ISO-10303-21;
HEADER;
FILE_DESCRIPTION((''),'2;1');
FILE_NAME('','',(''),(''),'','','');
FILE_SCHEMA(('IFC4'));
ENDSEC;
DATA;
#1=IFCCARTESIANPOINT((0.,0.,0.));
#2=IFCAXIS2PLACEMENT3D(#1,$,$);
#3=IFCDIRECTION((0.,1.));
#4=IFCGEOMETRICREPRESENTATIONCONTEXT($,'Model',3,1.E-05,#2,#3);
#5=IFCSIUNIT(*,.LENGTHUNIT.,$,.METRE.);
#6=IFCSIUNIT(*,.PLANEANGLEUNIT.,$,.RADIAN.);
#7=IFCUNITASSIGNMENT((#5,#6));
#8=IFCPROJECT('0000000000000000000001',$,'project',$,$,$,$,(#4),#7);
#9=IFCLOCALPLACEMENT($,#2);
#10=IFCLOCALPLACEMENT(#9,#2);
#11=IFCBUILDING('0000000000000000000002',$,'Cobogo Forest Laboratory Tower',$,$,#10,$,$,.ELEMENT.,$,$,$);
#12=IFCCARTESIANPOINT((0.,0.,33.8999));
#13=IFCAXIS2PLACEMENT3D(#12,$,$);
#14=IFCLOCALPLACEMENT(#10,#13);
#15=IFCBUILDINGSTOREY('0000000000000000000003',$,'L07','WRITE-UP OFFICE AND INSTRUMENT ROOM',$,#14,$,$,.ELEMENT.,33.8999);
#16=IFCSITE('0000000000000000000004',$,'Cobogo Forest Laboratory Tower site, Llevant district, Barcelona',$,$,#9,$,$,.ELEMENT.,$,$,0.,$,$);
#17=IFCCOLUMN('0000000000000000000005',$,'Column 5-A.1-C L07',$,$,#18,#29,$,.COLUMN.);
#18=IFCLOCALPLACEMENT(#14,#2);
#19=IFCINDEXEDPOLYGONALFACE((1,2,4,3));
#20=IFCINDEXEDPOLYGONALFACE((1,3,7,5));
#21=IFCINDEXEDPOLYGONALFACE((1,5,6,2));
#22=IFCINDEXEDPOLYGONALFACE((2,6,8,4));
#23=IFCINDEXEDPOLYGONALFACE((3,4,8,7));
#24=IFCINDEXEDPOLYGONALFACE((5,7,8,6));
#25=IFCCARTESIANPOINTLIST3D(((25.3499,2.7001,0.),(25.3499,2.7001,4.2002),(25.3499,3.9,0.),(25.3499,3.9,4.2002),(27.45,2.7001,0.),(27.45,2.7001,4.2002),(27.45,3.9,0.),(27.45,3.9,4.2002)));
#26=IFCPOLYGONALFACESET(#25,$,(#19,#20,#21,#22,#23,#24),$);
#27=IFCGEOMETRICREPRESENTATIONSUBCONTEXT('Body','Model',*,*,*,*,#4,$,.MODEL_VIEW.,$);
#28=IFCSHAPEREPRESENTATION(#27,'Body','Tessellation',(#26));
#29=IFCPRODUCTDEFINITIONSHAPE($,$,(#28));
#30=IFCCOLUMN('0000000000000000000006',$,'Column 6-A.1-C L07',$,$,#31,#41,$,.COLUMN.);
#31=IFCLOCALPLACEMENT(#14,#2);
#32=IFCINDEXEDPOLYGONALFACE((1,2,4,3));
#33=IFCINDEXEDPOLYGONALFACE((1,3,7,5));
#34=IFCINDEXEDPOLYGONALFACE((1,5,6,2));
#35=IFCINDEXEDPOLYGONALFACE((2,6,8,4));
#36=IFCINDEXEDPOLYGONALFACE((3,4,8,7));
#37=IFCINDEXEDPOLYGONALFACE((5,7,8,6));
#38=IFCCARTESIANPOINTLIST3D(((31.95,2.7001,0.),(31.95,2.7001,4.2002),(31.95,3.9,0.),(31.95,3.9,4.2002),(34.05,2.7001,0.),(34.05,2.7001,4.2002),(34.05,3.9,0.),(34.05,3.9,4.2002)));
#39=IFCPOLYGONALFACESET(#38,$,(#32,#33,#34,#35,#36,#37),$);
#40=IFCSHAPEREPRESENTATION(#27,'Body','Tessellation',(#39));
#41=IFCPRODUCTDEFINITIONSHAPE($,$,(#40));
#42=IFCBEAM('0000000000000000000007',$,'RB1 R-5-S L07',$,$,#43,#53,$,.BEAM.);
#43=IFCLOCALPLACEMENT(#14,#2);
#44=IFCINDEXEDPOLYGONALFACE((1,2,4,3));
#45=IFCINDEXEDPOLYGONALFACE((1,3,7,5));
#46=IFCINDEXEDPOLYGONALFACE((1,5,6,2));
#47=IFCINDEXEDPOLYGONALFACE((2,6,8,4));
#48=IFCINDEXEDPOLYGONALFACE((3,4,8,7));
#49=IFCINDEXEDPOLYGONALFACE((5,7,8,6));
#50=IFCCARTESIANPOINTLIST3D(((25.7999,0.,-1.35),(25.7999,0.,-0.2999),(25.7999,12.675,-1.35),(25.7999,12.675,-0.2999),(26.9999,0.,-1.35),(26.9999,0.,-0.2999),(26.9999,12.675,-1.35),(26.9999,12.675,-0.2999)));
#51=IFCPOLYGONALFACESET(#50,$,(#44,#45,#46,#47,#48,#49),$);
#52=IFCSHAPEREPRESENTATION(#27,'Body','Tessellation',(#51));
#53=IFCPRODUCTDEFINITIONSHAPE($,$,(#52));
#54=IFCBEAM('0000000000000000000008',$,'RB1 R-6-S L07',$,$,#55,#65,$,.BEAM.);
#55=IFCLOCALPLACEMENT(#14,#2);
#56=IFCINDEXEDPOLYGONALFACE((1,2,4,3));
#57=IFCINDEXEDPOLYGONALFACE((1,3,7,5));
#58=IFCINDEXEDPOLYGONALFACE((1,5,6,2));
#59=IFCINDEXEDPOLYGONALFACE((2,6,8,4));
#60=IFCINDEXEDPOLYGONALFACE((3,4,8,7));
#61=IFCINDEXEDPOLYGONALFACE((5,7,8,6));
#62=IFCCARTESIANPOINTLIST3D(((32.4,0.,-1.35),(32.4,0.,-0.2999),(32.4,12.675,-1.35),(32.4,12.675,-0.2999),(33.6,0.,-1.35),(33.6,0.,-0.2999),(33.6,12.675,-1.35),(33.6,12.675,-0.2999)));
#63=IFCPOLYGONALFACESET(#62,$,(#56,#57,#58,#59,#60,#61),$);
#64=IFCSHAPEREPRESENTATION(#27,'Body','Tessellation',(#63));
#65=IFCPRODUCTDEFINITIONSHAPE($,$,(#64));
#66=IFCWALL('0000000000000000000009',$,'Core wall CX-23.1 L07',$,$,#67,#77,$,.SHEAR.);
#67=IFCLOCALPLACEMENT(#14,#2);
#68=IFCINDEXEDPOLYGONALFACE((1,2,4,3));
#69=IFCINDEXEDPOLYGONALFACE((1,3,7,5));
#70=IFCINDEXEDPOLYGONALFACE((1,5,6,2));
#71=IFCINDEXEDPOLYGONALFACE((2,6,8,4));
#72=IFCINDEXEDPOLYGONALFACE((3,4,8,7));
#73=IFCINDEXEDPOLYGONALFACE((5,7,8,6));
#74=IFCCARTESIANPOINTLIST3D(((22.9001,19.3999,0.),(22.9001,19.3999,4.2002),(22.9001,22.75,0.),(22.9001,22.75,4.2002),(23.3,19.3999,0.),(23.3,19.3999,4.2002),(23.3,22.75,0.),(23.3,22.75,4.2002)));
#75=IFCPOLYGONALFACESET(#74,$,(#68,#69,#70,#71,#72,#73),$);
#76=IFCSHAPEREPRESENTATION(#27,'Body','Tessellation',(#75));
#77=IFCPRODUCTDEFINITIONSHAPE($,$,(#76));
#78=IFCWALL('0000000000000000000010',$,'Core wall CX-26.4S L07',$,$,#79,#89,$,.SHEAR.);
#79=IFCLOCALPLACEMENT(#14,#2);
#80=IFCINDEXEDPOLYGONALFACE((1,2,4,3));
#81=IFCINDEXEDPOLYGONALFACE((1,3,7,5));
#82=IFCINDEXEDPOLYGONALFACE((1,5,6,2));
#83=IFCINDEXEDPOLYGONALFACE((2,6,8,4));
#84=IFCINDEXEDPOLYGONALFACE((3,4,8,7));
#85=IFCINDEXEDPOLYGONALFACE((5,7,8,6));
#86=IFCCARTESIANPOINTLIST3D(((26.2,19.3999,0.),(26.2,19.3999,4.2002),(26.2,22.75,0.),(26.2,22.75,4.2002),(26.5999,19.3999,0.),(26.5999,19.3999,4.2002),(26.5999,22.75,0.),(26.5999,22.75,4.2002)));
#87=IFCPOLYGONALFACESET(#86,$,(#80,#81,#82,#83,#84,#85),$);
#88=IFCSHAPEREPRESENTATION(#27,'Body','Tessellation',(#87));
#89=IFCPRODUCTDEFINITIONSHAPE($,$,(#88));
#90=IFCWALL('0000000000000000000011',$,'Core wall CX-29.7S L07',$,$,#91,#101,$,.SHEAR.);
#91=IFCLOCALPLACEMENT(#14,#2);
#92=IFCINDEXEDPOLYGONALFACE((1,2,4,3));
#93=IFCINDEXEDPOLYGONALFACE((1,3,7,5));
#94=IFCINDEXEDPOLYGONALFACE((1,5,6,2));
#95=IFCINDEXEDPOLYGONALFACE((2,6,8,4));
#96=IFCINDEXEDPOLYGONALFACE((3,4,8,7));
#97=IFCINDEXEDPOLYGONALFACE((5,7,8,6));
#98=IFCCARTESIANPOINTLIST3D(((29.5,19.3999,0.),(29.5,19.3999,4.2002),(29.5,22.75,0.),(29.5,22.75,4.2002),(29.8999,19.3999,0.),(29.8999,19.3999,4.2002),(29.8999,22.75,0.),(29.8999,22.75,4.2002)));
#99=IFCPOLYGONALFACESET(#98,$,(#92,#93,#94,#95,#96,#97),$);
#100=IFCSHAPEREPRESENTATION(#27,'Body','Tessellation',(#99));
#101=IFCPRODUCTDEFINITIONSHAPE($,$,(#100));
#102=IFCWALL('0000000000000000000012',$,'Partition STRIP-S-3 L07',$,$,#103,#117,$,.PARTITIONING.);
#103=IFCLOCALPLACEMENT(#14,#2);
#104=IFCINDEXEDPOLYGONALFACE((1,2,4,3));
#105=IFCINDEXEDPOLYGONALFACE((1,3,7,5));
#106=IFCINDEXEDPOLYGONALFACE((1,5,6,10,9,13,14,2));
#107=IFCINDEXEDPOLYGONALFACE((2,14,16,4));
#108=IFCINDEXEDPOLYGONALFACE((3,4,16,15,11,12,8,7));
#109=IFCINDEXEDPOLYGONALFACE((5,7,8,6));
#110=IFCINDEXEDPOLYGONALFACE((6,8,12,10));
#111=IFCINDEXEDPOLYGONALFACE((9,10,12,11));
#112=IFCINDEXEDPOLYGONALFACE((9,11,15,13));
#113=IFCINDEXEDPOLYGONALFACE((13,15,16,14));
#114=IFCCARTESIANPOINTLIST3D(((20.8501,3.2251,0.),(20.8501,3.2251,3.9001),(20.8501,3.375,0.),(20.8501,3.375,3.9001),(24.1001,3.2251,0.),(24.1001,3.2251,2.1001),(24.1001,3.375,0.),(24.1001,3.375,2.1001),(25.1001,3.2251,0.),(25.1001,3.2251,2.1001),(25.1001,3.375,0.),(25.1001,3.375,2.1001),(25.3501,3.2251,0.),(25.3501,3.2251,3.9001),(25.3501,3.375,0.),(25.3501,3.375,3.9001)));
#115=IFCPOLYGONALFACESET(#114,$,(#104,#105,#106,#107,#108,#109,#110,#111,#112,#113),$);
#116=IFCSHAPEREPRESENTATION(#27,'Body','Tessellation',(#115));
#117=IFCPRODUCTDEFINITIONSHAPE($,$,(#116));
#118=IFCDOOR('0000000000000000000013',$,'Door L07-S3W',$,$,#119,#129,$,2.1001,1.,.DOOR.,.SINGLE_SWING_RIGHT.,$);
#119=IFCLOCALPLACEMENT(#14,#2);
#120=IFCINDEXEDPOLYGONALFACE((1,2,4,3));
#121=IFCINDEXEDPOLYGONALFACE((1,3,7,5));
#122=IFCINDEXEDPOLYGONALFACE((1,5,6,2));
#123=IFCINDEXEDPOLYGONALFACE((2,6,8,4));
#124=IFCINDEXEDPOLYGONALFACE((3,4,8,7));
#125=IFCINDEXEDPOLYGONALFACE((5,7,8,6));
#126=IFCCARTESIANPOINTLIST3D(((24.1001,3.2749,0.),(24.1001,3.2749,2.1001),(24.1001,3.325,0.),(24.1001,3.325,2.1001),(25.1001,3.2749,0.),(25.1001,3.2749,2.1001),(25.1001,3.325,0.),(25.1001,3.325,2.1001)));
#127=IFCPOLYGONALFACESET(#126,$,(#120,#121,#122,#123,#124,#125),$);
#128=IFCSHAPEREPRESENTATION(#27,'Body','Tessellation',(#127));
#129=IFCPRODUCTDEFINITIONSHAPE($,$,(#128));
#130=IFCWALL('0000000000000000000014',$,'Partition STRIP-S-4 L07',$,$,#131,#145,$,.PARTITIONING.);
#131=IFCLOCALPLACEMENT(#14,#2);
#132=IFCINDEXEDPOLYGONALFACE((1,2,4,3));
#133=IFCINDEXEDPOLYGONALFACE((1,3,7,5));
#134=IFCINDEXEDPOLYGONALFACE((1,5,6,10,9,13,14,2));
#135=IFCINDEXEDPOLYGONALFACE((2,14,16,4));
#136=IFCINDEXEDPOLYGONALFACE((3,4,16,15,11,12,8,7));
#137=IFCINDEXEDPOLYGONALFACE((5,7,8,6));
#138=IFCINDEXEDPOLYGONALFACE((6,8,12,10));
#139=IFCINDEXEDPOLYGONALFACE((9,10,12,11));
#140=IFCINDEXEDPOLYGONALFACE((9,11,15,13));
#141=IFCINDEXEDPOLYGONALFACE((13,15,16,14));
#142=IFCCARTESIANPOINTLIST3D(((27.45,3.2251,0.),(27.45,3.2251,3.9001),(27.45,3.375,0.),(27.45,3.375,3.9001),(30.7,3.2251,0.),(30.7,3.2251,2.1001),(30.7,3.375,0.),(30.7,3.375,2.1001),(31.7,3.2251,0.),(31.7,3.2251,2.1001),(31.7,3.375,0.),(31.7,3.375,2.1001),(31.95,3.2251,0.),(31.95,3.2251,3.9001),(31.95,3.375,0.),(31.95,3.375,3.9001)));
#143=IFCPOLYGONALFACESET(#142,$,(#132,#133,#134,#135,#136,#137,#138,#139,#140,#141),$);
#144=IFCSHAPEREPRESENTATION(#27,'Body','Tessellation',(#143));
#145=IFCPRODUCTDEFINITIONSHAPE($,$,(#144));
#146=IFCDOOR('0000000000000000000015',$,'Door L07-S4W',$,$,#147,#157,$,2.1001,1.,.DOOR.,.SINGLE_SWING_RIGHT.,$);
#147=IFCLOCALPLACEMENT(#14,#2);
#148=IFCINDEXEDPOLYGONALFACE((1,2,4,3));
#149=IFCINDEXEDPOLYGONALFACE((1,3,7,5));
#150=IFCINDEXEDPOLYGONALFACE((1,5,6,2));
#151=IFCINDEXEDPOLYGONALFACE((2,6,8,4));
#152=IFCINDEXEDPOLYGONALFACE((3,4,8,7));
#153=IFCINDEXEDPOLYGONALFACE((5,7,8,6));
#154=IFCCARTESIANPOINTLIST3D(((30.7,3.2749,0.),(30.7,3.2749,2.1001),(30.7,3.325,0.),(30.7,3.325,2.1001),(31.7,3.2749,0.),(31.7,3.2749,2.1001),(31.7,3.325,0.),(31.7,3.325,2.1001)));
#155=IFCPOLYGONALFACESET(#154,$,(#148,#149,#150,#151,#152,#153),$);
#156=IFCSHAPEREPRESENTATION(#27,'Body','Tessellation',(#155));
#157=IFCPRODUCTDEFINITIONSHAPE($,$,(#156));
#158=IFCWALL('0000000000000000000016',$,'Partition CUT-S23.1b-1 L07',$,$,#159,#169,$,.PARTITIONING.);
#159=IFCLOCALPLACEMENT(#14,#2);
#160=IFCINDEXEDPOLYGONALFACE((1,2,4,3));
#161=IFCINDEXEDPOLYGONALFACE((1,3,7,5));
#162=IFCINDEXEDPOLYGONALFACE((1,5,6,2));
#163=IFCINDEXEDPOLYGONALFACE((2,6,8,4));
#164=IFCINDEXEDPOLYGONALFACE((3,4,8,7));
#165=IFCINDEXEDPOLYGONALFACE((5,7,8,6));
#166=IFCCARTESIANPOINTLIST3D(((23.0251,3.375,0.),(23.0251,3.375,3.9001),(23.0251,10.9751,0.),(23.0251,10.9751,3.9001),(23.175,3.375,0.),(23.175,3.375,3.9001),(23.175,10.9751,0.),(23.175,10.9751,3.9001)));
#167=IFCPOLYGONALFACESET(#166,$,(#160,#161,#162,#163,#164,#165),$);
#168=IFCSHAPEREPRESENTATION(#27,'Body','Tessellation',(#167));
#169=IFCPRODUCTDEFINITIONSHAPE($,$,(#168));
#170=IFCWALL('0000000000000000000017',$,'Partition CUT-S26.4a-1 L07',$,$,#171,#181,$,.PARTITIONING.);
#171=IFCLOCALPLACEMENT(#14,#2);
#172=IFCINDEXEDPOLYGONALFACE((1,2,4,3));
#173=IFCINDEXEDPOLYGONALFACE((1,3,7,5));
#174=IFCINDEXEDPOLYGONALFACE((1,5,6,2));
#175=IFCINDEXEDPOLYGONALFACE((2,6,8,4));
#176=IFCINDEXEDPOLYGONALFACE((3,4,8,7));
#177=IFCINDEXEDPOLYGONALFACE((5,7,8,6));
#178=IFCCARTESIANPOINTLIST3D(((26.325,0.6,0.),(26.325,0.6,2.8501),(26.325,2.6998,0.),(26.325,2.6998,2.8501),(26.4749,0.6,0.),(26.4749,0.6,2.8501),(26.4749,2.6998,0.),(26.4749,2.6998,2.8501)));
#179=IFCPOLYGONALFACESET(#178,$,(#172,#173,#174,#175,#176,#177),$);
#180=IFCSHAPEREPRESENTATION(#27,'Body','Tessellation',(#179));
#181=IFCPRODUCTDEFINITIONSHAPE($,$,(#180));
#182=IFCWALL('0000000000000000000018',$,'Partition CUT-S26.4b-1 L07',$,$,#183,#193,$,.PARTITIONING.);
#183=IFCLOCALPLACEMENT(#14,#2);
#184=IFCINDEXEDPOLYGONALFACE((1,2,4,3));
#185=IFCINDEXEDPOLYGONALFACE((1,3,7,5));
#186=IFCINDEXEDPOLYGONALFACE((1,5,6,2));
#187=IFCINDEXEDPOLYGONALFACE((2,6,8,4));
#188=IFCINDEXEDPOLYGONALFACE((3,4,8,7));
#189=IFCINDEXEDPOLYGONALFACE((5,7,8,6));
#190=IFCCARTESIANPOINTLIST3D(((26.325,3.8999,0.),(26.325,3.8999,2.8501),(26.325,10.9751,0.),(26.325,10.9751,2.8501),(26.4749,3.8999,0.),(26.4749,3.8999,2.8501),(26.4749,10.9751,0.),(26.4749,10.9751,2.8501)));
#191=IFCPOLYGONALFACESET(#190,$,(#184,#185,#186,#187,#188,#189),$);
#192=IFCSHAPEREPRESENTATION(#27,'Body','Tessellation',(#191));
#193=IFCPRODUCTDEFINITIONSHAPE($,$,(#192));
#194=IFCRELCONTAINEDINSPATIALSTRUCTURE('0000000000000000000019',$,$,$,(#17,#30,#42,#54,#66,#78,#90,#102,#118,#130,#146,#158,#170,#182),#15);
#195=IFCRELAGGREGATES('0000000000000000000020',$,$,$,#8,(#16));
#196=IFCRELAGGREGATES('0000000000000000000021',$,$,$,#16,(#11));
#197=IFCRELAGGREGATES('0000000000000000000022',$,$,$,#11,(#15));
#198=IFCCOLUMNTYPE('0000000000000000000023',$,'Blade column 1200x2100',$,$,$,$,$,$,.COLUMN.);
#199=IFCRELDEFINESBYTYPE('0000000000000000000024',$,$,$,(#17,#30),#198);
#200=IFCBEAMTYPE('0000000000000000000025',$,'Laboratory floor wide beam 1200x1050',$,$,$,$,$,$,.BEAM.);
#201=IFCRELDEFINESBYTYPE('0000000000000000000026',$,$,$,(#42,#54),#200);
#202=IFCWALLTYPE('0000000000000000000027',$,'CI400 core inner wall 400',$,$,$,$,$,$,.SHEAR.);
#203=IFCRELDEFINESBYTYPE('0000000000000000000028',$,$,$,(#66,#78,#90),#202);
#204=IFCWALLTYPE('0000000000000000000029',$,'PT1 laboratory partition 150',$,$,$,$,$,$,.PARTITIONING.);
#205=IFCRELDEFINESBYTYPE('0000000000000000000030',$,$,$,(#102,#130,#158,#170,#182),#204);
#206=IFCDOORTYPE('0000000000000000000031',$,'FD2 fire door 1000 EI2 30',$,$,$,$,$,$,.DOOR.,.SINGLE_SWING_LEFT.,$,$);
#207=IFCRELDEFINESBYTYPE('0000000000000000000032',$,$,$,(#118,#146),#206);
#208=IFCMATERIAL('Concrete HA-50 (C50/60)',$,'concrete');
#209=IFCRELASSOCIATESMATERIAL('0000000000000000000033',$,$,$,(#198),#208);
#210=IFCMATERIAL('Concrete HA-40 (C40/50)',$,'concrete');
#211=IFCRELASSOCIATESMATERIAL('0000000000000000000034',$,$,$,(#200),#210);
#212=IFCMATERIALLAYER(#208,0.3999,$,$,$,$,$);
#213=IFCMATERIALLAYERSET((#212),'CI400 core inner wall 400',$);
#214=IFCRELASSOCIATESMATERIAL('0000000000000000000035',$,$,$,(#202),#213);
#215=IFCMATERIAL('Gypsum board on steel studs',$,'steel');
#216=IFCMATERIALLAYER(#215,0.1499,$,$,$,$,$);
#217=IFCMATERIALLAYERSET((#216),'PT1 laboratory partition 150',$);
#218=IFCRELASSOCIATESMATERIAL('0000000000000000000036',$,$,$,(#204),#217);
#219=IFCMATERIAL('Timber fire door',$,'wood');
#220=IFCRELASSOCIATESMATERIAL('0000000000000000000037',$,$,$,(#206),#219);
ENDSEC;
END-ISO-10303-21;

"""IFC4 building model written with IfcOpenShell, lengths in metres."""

from ifc_helpers import new_model, si_unit, direction, frame, frame_2d, origin, origin_2d, place, context, subcontext, project, spatial, rectangle, extrude, material, layer, layer_set, material_profile, profile_set, type_object, element, fill, save


model = new_model("IFC4")

# Units and contexts
model_context = context("Model", 3, precision=1e-05, world=origin(), true_north=direction((0.0, 1.0)))
body_context = subcontext(model_context, "Body", "Model", "MODEL_VIEW")
ifc_project = project(units=[si_unit("LENGTHUNIT", "METRE"), si_unit("PLANEANGLEUNIT", "RADIAN")], contexts=[model_context])

# Site, building, storey
site_placement = place(None, origin())
site = spatial("IfcSite", under=ifc_project, at=site_placement, Name="Cobogo Forest Laboratory Tower site, Llevant district, Barcelona", CompositionType="ELEMENT", RefElevation=0.0)
building_placement = place(site_placement, origin())
building = spatial("IfcBuilding", under=site, at=building_placement, Name="Cobogo Forest Laboratory Tower", CompositionType="ELEMENT")
storey_placement = place(building_placement, frame((0.0, 0.0, 33.8999)))
storey = spatial("IfcBuildingStorey", under=building, at=storey_placement, Name="L07", Description="WRITE-UP OFFICE AND INSTRUMENT ROOM", CompositionType="ELEMENT", Elevation=33.8999)

# Columns
ifc_material_1 = material(Name="Concrete HA-50 (C50/60)", Category="concrete")
ifc_material_profile_1 = material_profile(ifc_material_1, rectangle(XDim=2.1001, YDim=1.2, at=origin_2d()), Name="RC 1200x2100")
ifc_profile_set_1 = profile_set([ifc_material_profile_1], Name="Concrete HA-50 (C50/60)")
column_type = type_object("IfcColumnType", Name="Blade column 1200x2100", PredefinedType="COLUMN", material=ifc_profile_set_1)
for number, where, z_axis, x_axis, name in (
    (1, (26.3999, 3.3, 0.0), (0.0, 0.0, 1.0), (1.0, 0.0, 0.0), "Column 5-A.1-C L07"),
    (2, (33.0, 3.3, 0.0), (0.0, 0.0, 1.0), (1.0, 0.0, 0.0), "Column 6-A.1-C L07"),
):
    element("IfcColumn", number, at=place(storey_placement, frame(where, z_axis=z_axis, x_axis=x_axis)), inside=storey, type_object=column_type, Name=name, PredefinedType="COLUMN", context=body_context, shape_type="SweptSolid", body=[
        extrude(rectangle(XDim=2.1001, YDim=1.2, at=origin_2d()), origin(), (0.0, 0.0, 1.0), 4.2002),
    ])

# Beams
ifc_material_2 = material(Name="Concrete HA-40 (C40/50)", Category="concrete")
ifc_material_profile_2 = material_profile(ifc_material_2, rectangle(XDim=1.2, YDim=1.05, at=origin_2d()), Name="RC 1200x1050")
ifc_profile_set_2 = profile_set([ifc_material_profile_2], Name="Concrete HA-40 (C40/50)")
beam_type = type_object("IfcBeamType", Name="Laboratory floor wide beam 1200x1050", PredefinedType="BEAM", material=ifc_profile_set_2)
for number, where, z_axis, x_axis, name in (
    (3, (26.3999, 12.675, -0.825), (0.0, -1.0, 0.0), (1.0, 0.0, 0.0), "RB1 R-5-S L07"),
    (4, (33.0, 12.675, -0.825), (0.0, -1.0, 0.0), (1.0, 0.0, 0.0), "RB1 R-6-S L07"),
):
    element("IfcBeam", number, at=place(storey_placement, frame(where, z_axis=z_axis, x_axis=x_axis)), inside=storey, type_object=beam_type, Name=name, PredefinedType="BEAM", context=body_context, shape_type="SweptSolid", body=[
        extrude(rectangle(XDim=1.2, YDim=1.05, at=origin_2d()), origin(), (0.0, 0.0, 1.0), 12.675),
    ])

# Walls
ifc_layer_1 = layer(ifc_material_1, 0.3999)
ifc_layer_set_1 = layer_set([ifc_layer_1], Name="CI400 core inner wall 400")
wall_type_1 = type_object("IfcWallType", Name="CI400 core inner wall 400", PredefinedType="SHEAR", material=ifc_layer_set_1)
for number, where, z_axis, x_axis, name in (
    (5, (23.1001, 19.3999, 0.0), (0.0, 0.0, 1.0), (0.0, 1.0, 0.0), "Core wall CX-23.1 L07"),
    (6, (26.3999, 19.3999, 0.0), (0.0, 0.0, 1.0), (0.0, 1.0, 0.0), "Core wall CX-26.4S L07"),
    (7, (29.7, 19.3999, 0.0), (0.0, 0.0, 1.0), (0.0, 1.0, 0.0), "Core wall CX-29.7S L07"),
):
    element("IfcWall", number, at=place(storey_placement, frame(where, z_axis=z_axis, x_axis=x_axis)), inside=storey, type_object=wall_type_1, Name=name, PredefinedType="SHEAR", context=body_context, shape_type="SweptSolid", body=[
        extrude(rectangle(XDim=3.3501, YDim=0.3999, at=frame_2d((1.675, 0.0))), origin(), (0.0, 0.0, 1.0), 4.2002),
    ])

# Walls, openings, doors
ifc_material_3 = material(Name="Gypsum board on steel studs", Category="steel")
ifc_layer_2 = layer(ifc_material_3, 0.1499)
ifc_layer_set_2 = layer_set([ifc_layer_2], Name="PT1 laboratory partition 150")
wall_type_2 = type_object("IfcWallType", Name="PT1 laboratory partition 150", PredefinedType="PARTITIONING", material=ifc_layer_set_2)
wall_1_placement = place(storey_placement, frame((20.8501, 3.3, 0.0), z_axis=(0.0, 0.0, 1.0), x_axis=(1.0, 0.0, 0.0)))
wall_1 = element("IfcWall", 8, at=wall_1_placement, inside=storey, type_object=wall_type_2, Name="Partition STRIP-S-3 L07", PredefinedType="PARTITIONING", context=body_context, shape_type="SweptSolid", body=[
    extrude(rectangle(XDim=4.5, YDim=0.1499, at=frame_2d((2.25, 0.0))), origin(), (0.0, 0.0, 1.0), 3.9001),
])
opening_1_placement = place(wall_1_placement, frame((3.25, 0.0, 0.0)))
opening_1 = element("IfcOpeningElement", 9, at=opening_1_placement, cuts=wall_1, PredefinedType="OPENING", context=body_context, shape_type="SweptSolid", body=[
    extrude(rectangle(XDim=1.0, YDim=2.1001, at=frame_2d((0.5, 1.05))), frame((0.0, 0.085, 0.0), z_axis=(0.0, -1.0, 0.0), x_axis=(1.0, 0.0, 0.0)), (0.0, 0.0, 1.0), 0.1699),
])
ifc_material_4 = material(Name="Timber fire door", Category="wood")
door_type = type_object("IfcDoorType", Name="FD2 fire door 1000 EI2 30", OperationType="SINGLE_SWING_LEFT", PredefinedType="DOOR", material=ifc_material_4)
door_1_placement = place(opening_1_placement, origin())
door_1 = element("IfcDoor", 10, at=door_1_placement, inside=storey, type_object=door_type, Name="Door L07-S3W", OperationType="SINGLE_SWING_RIGHT", OverallHeight=2.1001, OverallWidth=1.0, PredefinedType="DOOR", context=body_context, shape_type="SweptSolid", body=[
    extrude(rectangle(XDim=1.0, YDim=2.1001, at=frame_2d((0.5, 1.05))), frame((0.0, 0.0249, 0.0), z_axis=(0.0, -1.0, 0.0), x_axis=(1.0, 0.0, 0.0)), (0.0, 0.0, 1.0), 0.05),
])
fill(opening_1, door_1)
wall_2_placement = place(storey_placement, frame((27.45, 3.3, 0.0), z_axis=(0.0, 0.0, 1.0), x_axis=(1.0, 0.0, 0.0)))
wall_2 = element("IfcWall", 11, at=wall_2_placement, inside=storey, type_object=wall_type_2, Name="Partition STRIP-S-4 L07", PredefinedType="PARTITIONING", context=body_context, shape_type="SweptSolid", body=[
    extrude(rectangle(XDim=4.5, YDim=0.1499, at=frame_2d((2.25, 0.0))), origin(), (0.0, 0.0, 1.0), 3.9001),
])
opening_2_placement = place(wall_2_placement, frame((3.25, 0.0, 0.0)))
opening_2 = element("IfcOpeningElement", 12, at=opening_2_placement, cuts=wall_2, PredefinedType="OPENING", context=body_context, shape_type="SweptSolid", body=[
    extrude(rectangle(XDim=1.0, YDim=2.1001, at=frame_2d((0.5, 1.05))), frame((0.0, 0.085, 0.0), z_axis=(0.0, -1.0, 0.0), x_axis=(1.0, 0.0, 0.0)), (0.0, 0.0, 1.0), 0.1699),
])
door_2_placement = place(opening_2_placement, origin())
door_2 = element("IfcDoor", 13, at=door_2_placement, inside=storey, type_object=door_type, Name="Door L07-S4W", OperationType="SINGLE_SWING_RIGHT", OverallHeight=2.1001, OverallWidth=1.0, PredefinedType="DOOR", context=body_context, shape_type="SweptSolid", body=[
    extrude(rectangle(XDim=1.0, YDim=2.1001, at=frame_2d((0.5, 1.05))), frame((0.0, 0.0249, 0.0), z_axis=(0.0, -1.0, 0.0), x_axis=(1.0, 0.0, 0.0)), (0.0, 0.0, 1.0), 0.05),
])
fill(opening_2, door_2)

# Walls
wall_3_placement = place(storey_placement, frame((23.1001, 3.375, 0.0), z_axis=(0.0, 0.0, 1.0), x_axis=(0.0, 1.0, 0.0)))
element("IfcWall", 14, at=wall_3_placement, inside=storey, type_object=wall_type_2, Name="Partition CUT-S23.1b-1 L07", PredefinedType="PARTITIONING", context=body_context, shape_type="SweptSolid", body=[
    extrude(rectangle(XDim=7.6001, YDim=0.1499, at=frame_2d((3.8, 0.0))), origin(), (0.0, 0.0, 1.0), 3.9001),
])
wall_4_placement = place(storey_placement, frame((26.3999, 0.6001, 0.0), z_axis=(0.0, 0.0, 1.0), x_axis=(0.0, 1.0, 0.0)))
element("IfcWall", 15, at=wall_4_placement, inside=storey, type_object=wall_type_2, Name="Partition CUT-S26.4a-1 L07", PredefinedType="PARTITIONING", context=body_context, shape_type="SweptSolid", body=[
    extrude(rectangle(XDim=2.0999, YDim=0.1499, at=frame_2d((1.0498, 0.0))), origin(), (0.0, 0.0, 1.0), 2.8501),
])
wall_5_placement = place(storey_placement, frame((26.3999, 3.8999, 0.0), z_axis=(0.0, 0.0, 1.0), x_axis=(0.0, 1.0, 0.0)))
element("IfcWall", 16, at=wall_5_placement, inside=storey, type_object=wall_type_2, Name="Partition CUT-S26.4b-1 L07", PredefinedType="PARTITIONING", context=body_context, shape_type="SweptSolid", body=[
    extrude(rectangle(XDim=7.0752, YDim=0.1499, at=frame_2d((3.5376, 0.0))), origin(), (0.0, 0.0, 1.0), 2.8501),
])

save(model, "model.ifc")
